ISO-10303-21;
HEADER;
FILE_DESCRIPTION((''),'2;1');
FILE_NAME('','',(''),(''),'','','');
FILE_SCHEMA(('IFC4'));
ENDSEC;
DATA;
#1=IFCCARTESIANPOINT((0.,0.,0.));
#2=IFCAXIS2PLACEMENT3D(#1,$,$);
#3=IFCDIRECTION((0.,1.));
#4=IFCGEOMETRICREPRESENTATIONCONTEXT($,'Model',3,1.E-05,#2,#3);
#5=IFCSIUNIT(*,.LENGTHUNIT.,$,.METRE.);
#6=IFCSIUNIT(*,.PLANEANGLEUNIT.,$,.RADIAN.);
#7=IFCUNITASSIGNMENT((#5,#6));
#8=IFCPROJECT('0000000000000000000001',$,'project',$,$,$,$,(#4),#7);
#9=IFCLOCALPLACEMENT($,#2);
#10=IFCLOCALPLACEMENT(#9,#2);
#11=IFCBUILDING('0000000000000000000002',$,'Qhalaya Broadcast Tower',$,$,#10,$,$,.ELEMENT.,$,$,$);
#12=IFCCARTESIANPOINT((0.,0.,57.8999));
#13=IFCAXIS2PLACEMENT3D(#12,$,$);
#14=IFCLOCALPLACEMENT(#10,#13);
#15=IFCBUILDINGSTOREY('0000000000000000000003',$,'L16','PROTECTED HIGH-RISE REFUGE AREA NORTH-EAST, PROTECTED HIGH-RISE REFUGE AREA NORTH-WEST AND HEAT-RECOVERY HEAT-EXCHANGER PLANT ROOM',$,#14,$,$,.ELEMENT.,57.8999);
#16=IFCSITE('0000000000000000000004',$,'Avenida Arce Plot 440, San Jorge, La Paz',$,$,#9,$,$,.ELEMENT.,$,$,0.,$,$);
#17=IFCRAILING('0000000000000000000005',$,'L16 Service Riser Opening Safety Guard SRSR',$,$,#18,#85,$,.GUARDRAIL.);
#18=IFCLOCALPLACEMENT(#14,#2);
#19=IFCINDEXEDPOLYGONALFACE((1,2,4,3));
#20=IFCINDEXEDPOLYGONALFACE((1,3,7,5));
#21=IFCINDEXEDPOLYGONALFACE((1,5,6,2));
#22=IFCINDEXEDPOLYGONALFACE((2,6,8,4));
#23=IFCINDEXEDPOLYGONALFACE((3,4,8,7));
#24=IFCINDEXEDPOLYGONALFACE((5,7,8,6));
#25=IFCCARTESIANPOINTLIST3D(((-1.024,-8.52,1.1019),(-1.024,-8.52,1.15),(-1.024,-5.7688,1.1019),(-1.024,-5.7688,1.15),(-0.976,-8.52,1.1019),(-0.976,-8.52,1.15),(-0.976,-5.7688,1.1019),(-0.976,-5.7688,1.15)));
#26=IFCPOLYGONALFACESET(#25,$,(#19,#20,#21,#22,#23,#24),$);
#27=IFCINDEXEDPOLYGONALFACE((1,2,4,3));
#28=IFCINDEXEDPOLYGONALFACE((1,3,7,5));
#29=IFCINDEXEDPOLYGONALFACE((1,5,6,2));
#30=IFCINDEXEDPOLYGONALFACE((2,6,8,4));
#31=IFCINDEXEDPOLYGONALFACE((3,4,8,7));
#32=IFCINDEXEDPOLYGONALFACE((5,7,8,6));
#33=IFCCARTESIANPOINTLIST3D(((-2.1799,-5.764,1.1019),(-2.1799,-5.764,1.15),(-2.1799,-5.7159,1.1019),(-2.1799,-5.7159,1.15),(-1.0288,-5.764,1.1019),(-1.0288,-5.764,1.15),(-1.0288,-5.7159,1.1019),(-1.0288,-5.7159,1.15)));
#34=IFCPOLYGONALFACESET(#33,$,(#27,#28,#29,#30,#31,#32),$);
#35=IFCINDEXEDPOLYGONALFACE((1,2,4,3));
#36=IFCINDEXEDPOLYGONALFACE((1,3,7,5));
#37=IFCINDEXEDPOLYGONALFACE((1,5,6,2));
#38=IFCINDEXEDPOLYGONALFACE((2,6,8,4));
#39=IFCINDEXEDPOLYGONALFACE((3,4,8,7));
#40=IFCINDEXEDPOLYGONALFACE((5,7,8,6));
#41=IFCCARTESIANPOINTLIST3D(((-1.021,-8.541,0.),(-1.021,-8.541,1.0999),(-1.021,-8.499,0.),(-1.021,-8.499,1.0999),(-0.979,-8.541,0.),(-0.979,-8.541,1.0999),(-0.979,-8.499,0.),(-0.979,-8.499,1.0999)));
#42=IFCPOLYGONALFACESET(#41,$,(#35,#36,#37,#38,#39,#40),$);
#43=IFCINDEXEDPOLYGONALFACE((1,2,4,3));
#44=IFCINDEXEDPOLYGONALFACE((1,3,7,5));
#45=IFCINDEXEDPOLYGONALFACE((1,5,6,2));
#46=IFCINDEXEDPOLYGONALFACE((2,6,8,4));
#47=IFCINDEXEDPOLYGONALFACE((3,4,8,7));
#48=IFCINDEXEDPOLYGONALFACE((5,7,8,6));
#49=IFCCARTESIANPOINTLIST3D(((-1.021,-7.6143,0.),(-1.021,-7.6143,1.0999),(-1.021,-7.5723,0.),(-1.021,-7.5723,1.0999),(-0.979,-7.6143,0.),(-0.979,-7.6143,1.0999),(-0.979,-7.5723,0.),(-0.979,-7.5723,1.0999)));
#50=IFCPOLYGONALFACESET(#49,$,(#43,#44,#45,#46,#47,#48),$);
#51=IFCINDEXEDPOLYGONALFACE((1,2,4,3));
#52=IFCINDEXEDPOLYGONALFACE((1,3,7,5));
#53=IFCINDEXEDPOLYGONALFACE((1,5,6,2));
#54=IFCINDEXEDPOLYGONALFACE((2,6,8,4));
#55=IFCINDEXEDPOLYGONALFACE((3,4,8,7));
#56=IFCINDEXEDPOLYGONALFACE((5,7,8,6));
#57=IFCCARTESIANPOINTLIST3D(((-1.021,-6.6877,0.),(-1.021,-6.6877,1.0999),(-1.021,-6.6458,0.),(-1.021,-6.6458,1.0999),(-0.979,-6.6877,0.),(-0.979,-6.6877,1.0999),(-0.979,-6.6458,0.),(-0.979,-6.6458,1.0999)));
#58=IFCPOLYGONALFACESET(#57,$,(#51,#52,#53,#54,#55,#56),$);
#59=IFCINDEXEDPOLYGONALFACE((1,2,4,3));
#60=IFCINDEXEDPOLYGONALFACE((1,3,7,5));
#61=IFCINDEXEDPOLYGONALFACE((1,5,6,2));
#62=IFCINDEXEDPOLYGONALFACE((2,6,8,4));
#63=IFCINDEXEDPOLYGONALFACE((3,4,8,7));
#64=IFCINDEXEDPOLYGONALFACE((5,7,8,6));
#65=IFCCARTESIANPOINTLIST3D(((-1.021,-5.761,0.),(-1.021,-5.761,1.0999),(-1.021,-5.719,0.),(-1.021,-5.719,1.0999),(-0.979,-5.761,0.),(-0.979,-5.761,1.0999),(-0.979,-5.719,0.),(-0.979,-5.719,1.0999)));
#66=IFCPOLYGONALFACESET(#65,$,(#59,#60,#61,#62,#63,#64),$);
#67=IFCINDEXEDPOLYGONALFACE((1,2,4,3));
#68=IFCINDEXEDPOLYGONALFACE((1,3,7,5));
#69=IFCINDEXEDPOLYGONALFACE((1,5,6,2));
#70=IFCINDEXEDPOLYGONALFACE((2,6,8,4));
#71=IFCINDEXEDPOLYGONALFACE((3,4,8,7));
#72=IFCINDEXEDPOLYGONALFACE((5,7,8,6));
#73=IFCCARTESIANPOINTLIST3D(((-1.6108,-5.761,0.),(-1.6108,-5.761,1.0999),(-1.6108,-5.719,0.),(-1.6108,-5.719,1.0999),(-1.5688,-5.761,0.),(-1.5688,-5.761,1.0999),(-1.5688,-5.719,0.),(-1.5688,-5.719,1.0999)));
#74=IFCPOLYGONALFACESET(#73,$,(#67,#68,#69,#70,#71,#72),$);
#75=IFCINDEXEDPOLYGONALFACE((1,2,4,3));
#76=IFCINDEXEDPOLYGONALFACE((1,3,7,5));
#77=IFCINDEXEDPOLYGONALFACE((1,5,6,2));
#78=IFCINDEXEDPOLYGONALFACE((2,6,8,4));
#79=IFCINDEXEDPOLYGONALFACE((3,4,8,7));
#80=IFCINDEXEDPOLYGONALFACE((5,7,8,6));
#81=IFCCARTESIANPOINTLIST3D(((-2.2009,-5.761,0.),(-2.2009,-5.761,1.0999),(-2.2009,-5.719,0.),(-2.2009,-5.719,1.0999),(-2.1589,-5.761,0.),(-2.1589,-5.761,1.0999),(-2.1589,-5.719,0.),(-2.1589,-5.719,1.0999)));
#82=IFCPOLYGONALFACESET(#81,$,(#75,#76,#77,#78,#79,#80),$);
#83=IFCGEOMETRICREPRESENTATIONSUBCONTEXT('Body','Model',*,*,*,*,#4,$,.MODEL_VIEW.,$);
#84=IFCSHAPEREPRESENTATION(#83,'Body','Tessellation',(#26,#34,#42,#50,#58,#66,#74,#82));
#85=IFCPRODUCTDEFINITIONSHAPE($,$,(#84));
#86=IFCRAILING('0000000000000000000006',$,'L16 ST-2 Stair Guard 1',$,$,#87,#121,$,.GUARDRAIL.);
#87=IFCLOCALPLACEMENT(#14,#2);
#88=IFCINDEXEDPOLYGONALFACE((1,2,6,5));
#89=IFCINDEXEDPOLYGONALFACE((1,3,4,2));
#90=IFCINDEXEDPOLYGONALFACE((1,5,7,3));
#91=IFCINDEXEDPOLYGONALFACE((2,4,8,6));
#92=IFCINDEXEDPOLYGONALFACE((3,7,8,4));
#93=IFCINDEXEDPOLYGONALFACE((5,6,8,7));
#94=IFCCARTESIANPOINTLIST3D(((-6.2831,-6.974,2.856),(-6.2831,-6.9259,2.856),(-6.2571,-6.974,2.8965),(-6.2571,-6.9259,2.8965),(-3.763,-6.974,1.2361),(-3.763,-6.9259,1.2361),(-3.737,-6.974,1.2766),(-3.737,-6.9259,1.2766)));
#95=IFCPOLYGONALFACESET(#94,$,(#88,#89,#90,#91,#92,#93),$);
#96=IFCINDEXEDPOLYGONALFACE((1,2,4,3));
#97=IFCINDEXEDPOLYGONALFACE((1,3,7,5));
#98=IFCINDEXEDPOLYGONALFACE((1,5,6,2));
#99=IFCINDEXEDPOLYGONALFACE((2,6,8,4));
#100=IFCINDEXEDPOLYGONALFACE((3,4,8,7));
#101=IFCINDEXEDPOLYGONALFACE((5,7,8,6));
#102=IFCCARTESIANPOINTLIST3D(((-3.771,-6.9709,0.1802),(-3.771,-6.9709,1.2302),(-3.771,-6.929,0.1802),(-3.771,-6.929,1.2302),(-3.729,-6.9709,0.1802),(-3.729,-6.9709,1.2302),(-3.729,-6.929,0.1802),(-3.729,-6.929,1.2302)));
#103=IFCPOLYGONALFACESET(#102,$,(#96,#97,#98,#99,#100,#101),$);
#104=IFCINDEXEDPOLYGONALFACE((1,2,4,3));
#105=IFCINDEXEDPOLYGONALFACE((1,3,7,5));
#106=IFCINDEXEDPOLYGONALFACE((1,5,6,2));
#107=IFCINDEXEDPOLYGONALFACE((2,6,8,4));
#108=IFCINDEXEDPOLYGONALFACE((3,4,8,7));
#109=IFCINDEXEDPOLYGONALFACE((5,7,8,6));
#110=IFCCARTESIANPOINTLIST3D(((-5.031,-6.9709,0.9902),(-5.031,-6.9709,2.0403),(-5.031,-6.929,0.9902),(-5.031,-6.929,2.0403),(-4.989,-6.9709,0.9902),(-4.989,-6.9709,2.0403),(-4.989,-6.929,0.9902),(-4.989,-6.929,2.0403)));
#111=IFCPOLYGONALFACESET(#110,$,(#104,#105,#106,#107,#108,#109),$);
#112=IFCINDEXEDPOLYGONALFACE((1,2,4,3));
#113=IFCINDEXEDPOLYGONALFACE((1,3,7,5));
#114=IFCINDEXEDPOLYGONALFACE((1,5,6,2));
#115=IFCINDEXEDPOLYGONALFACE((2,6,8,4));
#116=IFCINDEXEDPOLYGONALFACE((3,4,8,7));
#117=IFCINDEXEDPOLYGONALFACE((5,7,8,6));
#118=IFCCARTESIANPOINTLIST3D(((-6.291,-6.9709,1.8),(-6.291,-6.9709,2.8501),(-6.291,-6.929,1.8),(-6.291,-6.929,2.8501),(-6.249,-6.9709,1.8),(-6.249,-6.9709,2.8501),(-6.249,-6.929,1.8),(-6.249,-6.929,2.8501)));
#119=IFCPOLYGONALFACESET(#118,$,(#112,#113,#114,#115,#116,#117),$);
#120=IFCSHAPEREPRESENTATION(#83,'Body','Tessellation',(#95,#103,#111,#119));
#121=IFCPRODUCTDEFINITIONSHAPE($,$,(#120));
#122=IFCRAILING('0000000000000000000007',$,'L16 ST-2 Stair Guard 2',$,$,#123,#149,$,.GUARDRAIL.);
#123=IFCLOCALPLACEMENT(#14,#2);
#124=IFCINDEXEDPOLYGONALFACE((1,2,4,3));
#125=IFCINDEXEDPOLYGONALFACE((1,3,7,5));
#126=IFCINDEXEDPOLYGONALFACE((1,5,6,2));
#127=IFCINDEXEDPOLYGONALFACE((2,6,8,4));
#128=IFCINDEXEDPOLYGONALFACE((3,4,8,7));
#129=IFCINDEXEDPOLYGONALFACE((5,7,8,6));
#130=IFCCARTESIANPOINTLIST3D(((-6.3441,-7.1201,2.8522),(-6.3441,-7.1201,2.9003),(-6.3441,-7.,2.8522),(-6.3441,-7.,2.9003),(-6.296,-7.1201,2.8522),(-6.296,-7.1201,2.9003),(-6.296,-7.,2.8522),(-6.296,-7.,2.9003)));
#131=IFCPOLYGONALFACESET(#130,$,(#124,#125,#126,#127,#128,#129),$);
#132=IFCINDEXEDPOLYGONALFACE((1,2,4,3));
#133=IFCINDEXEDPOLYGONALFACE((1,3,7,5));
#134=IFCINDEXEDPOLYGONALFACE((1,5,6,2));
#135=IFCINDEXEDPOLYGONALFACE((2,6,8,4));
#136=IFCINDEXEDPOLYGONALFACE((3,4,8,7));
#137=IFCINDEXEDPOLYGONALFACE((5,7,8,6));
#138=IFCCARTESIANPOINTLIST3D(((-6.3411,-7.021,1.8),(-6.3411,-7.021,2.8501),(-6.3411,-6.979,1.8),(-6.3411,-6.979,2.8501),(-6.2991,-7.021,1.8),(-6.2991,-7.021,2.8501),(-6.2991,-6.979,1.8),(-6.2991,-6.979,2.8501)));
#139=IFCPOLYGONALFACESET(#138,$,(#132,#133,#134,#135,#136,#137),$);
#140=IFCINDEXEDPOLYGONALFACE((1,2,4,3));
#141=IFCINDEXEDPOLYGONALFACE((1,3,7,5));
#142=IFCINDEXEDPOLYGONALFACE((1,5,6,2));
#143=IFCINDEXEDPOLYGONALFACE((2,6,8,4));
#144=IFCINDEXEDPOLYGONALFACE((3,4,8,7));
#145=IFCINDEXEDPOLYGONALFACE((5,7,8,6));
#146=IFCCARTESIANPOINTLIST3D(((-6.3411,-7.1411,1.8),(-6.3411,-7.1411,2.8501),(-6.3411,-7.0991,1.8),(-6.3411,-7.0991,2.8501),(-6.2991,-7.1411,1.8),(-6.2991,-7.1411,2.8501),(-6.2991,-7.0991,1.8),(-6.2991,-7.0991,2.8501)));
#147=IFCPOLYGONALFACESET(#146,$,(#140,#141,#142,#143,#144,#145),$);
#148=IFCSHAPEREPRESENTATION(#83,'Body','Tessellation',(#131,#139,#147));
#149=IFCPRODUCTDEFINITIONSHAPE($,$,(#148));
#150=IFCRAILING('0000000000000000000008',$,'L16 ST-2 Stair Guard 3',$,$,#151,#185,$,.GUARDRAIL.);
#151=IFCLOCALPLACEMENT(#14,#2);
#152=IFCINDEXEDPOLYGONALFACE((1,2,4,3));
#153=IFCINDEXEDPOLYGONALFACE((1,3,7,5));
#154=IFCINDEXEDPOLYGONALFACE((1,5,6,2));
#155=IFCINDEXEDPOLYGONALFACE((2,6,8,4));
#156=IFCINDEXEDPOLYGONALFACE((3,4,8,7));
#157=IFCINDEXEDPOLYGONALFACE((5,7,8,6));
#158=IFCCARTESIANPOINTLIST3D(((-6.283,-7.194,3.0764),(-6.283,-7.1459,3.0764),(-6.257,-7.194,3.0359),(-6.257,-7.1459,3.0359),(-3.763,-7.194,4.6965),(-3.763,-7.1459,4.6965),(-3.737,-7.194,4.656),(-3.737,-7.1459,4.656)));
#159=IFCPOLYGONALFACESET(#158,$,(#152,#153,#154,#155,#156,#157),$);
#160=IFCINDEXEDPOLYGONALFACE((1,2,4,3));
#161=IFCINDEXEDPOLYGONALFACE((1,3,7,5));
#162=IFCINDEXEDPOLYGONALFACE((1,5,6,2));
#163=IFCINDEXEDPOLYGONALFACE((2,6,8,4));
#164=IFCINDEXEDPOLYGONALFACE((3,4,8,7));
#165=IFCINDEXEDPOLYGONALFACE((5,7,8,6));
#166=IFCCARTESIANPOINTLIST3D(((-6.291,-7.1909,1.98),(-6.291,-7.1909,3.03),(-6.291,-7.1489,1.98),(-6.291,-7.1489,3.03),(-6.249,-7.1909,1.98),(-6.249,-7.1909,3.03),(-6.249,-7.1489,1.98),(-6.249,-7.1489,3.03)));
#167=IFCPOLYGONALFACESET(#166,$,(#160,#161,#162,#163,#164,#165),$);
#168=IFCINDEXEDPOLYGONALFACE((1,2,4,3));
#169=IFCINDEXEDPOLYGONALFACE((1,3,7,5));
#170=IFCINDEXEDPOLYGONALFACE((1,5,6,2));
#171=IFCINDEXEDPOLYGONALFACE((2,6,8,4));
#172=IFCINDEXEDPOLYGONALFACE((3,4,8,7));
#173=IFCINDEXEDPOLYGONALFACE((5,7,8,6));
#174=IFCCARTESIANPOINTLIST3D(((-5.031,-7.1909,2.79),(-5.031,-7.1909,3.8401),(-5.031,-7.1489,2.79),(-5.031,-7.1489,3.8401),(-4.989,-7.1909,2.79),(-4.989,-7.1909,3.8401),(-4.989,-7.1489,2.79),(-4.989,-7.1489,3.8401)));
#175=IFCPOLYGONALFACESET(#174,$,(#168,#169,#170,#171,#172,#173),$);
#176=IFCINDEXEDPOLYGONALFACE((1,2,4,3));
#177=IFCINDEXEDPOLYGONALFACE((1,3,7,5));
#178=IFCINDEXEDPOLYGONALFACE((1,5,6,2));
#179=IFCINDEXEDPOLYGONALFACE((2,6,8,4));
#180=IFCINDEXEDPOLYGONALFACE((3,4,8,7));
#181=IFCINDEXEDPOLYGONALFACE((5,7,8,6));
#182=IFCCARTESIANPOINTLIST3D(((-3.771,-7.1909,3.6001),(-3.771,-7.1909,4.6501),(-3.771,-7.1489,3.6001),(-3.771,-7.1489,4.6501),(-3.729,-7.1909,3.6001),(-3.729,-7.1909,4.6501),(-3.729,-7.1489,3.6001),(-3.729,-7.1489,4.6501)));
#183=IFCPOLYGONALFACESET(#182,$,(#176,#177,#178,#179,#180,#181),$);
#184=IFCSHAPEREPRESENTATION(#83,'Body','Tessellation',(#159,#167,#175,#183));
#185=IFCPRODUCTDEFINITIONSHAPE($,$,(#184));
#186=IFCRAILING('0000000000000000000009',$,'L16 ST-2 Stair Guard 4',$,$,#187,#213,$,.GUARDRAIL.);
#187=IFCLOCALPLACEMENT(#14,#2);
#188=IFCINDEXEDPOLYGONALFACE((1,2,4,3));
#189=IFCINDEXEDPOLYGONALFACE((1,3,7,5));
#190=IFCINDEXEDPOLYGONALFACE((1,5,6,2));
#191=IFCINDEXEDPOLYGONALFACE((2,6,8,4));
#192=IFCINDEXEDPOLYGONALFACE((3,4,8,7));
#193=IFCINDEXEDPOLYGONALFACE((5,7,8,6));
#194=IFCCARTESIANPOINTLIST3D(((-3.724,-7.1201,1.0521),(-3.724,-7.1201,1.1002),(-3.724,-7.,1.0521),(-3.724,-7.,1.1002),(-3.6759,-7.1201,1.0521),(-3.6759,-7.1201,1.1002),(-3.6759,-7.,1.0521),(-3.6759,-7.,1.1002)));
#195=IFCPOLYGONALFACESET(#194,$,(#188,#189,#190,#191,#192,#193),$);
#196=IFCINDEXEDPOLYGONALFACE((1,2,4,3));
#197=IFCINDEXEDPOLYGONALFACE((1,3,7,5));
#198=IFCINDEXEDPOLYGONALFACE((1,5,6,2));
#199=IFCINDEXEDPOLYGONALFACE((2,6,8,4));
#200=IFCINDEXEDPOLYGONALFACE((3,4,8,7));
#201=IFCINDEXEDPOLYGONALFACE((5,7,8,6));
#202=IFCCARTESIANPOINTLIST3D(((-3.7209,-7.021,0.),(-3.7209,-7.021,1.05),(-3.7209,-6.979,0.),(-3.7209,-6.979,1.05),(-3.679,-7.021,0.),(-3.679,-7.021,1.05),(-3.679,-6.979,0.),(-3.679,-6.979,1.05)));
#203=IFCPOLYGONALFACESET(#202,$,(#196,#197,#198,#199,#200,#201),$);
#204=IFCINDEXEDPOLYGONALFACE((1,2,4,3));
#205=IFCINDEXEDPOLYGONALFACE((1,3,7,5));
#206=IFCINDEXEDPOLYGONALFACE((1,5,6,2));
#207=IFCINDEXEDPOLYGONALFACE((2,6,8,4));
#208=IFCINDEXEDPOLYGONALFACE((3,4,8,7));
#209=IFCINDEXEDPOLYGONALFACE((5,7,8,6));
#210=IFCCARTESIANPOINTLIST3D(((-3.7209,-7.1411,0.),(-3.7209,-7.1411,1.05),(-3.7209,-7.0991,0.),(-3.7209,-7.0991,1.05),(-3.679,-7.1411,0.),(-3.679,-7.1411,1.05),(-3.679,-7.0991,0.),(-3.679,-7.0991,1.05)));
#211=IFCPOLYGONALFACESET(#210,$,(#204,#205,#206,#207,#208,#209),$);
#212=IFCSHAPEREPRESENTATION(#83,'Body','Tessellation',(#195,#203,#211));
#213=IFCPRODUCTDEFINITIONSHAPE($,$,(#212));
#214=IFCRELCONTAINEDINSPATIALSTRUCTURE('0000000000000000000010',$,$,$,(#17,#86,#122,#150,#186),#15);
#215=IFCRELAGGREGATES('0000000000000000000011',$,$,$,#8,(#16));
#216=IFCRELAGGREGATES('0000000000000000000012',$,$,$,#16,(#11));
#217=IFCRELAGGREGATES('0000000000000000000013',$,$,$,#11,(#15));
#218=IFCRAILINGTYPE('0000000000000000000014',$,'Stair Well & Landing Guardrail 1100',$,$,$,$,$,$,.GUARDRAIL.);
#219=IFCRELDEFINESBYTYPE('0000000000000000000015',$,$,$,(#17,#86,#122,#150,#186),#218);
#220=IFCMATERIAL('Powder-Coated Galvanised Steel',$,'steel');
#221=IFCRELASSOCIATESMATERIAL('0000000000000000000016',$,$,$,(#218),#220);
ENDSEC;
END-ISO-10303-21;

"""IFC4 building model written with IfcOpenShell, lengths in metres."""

from ifc_helpers import new_model, si_unit, direction, frame, origin, origin_2d, place, context, subcontext, project, spatial, rectangle, extrude, material, type_object, element, save


model = new_model("IFC4")

# Units and contexts
model_context = context("Model", 3, precision=1e-05, world=origin(), true_north=direction((0.0, 1.0)))
body_context = subcontext(model_context, "Body", "Model", "MODEL_VIEW")
ifc_project = project(units=[si_unit("LENGTHUNIT", "METRE"), si_unit("PLANEANGLEUNIT", "RADIAN")], contexts=[model_context])

# Site, building, storey
site_placement = place(None, origin())
site = spatial("IfcSite", under=ifc_project, at=site_placement, Name="Avenida Arce Plot 440, San Jorge, La Paz", CompositionType="ELEMENT", RefElevation=0.0)
building_placement = place(site_placement, origin())
building = spatial("IfcBuilding", under=site, at=building_placement, Name="Qhalaya Broadcast Tower", CompositionType="ELEMENT")
storey_placement = place(building_placement, frame((0.0, 0.0, 57.8999)))
storey = spatial("IfcBuildingStorey", under=building, at=storey_placement, Name="L16", Description="PROTECTED HIGH-RISE REFUGE AREA NORTH-EAST, PROTECTED HIGH-RISE REFUGE AREA NORTH-WEST AND HEAT-RECOVERY HEAT-EXCHANGER PLANT ROOM", CompositionType="ELEMENT", Elevation=57.8999)

# Railings
ifc_material_1 = material(Name="Powder-Coated Galvanised Steel", Category="steel")
railing_type_1 = type_object("IfcRailingType", Name="Stair Well & Landing Guardrail 1100", PredefinedType="GUARDRAIL", material=ifc_material_1)
railing_1_placement = place(storey_placement, frame((-1.0, -8.52, 0.0)))
element("IfcRailing", 1, at=railing_1_placement, inside=storey, type_object=railing_type_1, Name="L16 Service Riser Opening Safety Guard SRSR", PredefinedType="GUARDRAIL", context=body_context, shape_type="SweptSolid", body=[
    extrude(rectangle(XDim=0.0481, YDim=0.0481, at=origin_2d()), frame((0.0, 0.0, 1.126), z_axis=(0.0, 1.0, 0.0), x_axis=(-1.0, 0.0, 0.0)), (0.0, 0.0, 1.0), 2.7512),
    extrude(rectangle(XDim=0.0481, YDim=0.0481, at=origin_2d()), frame((-0.0288, 2.78, 1.126), z_axis=(-1.0, 0.0, 0.0), x_axis=(0.0, -1.0, 0.0)), (0.0, 0.0, 1.0), 1.1511),
    extrude(rectangle(XDim=0.042, YDim=0.042, at=origin_2d()), origin(), (0.0, 0.0, 1.0), 1.0999),
    extrude(rectangle(XDim=0.042, YDim=0.042, at=origin_2d()), frame((0.0, 0.9268, 0.0)), (0.0, 0.0, 1.0), 1.0999),
    extrude(rectangle(XDim=0.042, YDim=0.042, at=origin_2d()), frame((0.0, 1.8533, 0.0)), (0.0, 0.0, 1.0), 1.0999),
    extrude(rectangle(XDim=0.042, YDim=0.042, at=origin_2d()), frame((0.0, 2.78, 0.0)), (0.0, 0.0, 1.0), 1.0999),
    extrude(rectangle(XDim=0.042, YDim=0.042, at=origin_2d()), frame((-0.5898, 2.78, 0.0)), (0.0, 0.0, 1.0), 1.0999),
    extrude(rectangle(XDim=0.042, YDim=0.042, at=origin_2d()), frame((-1.1799, 2.78, 0.0)), (0.0, 0.0, 1.0), 1.0999),
])
railing_2_placement = place(storey_placement, frame((-3.75, -6.95, 0.1802)))
element("IfcRailing", 2, at=railing_2_placement, inside=storey, type_object=railing_type_1, Name="L16 ST-2 Stair Guard 1", PredefinedType="GUARDRAIL", context=body_context, shape_type="SweptSolid", body=[
    extrude(rectangle(XDim=0.0481, YDim=0.0481, at=origin_2d()), frame((0.0, 0.0, 1.0762), z_axis=(-0.8412, 0.0, 0.540725), x_axis=(0.0, -1.0, 0.0)), (0.0, 0.0, 1.0), 2.9958),
    extrude(rectangle(XDim=0.042, YDim=0.042, at=origin_2d()), origin(), (0.0, 0.0, 1.0), 1.05),
    extrude(rectangle(XDim=0.042, YDim=0.042, at=origin_2d()), frame((-1.26, 0.0, 0.8101)), (0.0, 0.0, 1.0), 1.05),
    extrude(rectangle(XDim=0.042, YDim=0.042, at=origin_2d()), frame((-2.52, 0.0, 1.6199)), (0.0, 0.0, 1.0), 1.05),
])
railing_3_placement = place(storey_placement, frame((-6.3201, -7.0, 1.8)))
element("IfcRailing", 3, at=railing_3_placement, inside=storey, type_object=railing_type_1, Name="L16 ST-2 Stair Guard 2", PredefinedType="GUARDRAIL", context=body_context, shape_type="SweptSolid", body=[
    extrude(rectangle(XDim=0.0481, YDim=0.0481, at=origin_2d()), frame((0.0, 0.0, 1.0762), z_axis=(0.0, -1.0, 0.0), x_axis=(1.0, 0.0, 0.0)), (0.0, 0.0, 1.0), 0.1201),
    extrude(rectangle(XDim=0.042, YDim=0.042, at=origin_2d()), origin(), (0.0, 0.0, 1.0), 1.05),
    extrude(rectangle(XDim=0.042, YDim=0.042, at=origin_2d()), frame((0.0, -0.1201, 0.0)), (0.0, 0.0, 1.0), 1.05),
])
railing_4_placement = place(storey_placement, frame((-6.27, -7.1699, 1.98)))
element("IfcRailing", 4, at=railing_4_placement, inside=storey, type_object=railing_type_1, Name="L16 ST-2 Stair Guard 3", PredefinedType="GUARDRAIL", context=body_context, shape_type="SweptSolid", body=[
    extrude(rectangle(XDim=0.0481, YDim=0.0481, at=origin_2d()), frame((0.0, 0.0, 1.0762), z_axis=(0.841163, 0.0, 0.540782), x_axis=(0.0, 1.0, 0.0)), (0.0, 0.0, 1.0), 2.9958),
    extrude(rectangle(XDim=0.042, YDim=0.042, at=origin_2d()), origin(), (0.0, 0.0, 1.0), 1.05),
    extrude(rectangle(XDim=0.042, YDim=0.042, at=origin_2d()), frame((1.26, 0.0, 0.8101)), (0.0, 0.0, 1.0), 1.05),
    extrude(rectangle(XDim=0.042, YDim=0.042, at=origin_2d()), frame((2.52, 0.0, 1.6201)), (0.0, 0.0, 1.0), 1.05),
])
railing_5_placement = place(storey_placement, frame((-3.7, -7.0, 0.0)))
element("IfcRailing", 5, at=railing_5_placement, inside=storey, type_object=railing_type_1, Name="L16 ST-2 Stair Guard 4", PredefinedType="GUARDRAIL", context=body_context, shape_type="SweptSolid", body=[
    extrude(rectangle(XDim=0.0481, YDim=0.0481, at=origin_2d()), frame((0.0, 0.0, 1.0762), z_axis=(0.0, -1.0, 0.0), x_axis=(1.0, 0.0, 0.0)), (0.0, 0.0, 1.0), 0.1201),
    extrude(rectangle(XDim=0.042, YDim=0.042, at=origin_2d()), origin(), (0.0, 0.0, 1.0), 1.05),
    extrude(rectangle(XDim=0.042, YDim=0.042, at=origin_2d()), frame((0.0, -0.1201, 0.0)), (0.0, 0.0, 1.0), 1.05),
])

save(model, "model.ifc")
